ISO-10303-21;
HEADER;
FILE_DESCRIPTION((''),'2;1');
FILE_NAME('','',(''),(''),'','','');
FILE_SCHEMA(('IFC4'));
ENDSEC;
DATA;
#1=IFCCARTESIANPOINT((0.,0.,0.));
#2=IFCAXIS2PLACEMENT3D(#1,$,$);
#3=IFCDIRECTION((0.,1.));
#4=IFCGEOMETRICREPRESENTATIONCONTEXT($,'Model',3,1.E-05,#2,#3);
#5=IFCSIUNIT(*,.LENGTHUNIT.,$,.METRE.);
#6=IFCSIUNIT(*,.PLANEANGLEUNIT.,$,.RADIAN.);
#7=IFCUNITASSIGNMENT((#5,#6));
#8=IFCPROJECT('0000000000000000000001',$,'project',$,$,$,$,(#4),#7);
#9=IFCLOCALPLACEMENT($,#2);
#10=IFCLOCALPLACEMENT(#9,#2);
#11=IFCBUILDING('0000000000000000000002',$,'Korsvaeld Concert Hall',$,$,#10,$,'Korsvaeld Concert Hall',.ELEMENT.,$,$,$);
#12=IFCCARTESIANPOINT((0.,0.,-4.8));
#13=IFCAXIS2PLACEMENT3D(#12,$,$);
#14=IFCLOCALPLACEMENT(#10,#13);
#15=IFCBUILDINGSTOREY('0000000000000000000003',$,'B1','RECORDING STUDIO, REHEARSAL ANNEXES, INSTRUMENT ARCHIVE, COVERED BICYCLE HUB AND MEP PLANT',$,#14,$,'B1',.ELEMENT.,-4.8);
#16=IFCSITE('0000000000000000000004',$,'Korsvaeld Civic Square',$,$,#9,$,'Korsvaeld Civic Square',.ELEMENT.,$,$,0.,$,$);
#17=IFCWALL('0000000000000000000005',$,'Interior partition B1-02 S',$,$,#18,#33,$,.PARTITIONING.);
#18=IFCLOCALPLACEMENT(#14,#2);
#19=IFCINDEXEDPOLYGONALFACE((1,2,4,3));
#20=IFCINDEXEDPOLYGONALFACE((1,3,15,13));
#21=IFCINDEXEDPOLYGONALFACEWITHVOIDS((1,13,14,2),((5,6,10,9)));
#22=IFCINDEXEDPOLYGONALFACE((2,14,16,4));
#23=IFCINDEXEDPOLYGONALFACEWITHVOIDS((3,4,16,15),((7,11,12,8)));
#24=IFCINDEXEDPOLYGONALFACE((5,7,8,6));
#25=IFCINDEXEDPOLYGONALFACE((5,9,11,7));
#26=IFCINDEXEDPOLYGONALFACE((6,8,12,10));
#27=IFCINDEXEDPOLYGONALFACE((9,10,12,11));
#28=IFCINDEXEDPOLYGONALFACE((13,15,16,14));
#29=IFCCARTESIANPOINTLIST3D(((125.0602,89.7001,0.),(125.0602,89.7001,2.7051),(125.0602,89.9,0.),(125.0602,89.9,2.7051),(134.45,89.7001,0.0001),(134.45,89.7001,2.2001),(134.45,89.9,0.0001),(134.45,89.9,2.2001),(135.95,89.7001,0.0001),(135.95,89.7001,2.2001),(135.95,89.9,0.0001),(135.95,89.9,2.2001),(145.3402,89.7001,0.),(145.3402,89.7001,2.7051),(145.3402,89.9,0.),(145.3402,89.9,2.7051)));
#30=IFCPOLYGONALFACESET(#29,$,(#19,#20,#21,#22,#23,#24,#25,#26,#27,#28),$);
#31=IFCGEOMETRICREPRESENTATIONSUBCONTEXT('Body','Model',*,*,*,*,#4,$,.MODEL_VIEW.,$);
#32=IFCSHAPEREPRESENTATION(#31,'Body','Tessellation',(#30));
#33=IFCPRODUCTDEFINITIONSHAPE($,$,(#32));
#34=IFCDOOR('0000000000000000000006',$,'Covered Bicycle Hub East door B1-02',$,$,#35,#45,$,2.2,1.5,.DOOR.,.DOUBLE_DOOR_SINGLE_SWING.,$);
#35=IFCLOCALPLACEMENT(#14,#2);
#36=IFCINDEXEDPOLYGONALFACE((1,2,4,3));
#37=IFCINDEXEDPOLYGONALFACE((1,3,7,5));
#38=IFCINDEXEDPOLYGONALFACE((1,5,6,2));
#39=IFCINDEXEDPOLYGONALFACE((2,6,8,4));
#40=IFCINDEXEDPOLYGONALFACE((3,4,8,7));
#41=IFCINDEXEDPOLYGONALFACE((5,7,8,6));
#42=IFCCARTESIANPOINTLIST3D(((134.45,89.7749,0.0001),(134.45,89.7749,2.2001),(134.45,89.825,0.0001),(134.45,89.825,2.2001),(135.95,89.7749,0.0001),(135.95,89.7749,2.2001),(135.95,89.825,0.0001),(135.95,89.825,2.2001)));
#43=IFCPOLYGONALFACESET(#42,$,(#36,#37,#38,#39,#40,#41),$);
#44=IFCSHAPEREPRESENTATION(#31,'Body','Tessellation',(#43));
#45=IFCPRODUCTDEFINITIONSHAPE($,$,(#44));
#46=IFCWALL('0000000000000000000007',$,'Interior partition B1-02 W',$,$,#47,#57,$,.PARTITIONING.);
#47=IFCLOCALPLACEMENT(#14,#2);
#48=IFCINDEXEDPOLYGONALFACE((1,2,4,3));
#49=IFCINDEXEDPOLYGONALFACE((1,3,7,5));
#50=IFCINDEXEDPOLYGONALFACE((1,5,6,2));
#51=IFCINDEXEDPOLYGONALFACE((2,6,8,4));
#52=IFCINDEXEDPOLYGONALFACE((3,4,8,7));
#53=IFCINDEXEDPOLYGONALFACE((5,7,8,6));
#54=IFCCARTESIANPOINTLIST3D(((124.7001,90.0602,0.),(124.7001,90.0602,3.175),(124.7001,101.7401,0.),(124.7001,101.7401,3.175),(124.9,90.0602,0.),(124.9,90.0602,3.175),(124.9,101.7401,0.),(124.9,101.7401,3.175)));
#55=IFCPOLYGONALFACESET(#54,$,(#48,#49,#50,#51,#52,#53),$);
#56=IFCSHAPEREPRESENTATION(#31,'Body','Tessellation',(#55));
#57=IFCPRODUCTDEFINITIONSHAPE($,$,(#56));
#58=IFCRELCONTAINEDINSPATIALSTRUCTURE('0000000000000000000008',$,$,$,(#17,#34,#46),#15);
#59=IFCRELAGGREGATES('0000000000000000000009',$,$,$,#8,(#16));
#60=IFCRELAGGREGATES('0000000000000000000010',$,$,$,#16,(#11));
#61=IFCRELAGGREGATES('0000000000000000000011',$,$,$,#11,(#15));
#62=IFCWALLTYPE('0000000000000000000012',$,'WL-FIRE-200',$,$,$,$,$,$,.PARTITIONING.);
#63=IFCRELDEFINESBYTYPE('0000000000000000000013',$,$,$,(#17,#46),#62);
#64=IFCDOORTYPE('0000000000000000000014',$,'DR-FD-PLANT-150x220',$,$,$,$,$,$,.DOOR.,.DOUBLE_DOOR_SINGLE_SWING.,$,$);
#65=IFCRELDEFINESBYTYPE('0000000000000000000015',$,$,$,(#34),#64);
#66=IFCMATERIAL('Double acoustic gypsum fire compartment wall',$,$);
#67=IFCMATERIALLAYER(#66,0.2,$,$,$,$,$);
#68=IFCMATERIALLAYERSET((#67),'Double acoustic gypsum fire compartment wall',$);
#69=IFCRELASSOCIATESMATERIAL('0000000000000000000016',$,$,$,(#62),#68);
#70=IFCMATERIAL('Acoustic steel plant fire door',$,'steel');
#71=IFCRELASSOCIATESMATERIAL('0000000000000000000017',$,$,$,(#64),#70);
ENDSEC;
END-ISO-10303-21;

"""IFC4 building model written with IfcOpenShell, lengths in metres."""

from ifc_helpers import new_model, si_unit, direction, frame, frame_2d, origin, place, context, subcontext, project, spatial, rectangle, extrude, material, layer, layer_set, type_object, element, fill, save


model = new_model("IFC4")

# Units and contexts
model_context = context("Model", 3, precision=1e-05, world=origin(), true_north=direction((0.0, 1.0)))
body_context = subcontext(model_context, "Body", "Model", "MODEL_VIEW")
ifc_project = project(units=[si_unit("LENGTHUNIT", "METRE"), si_unit("PLANEANGLEUNIT", "RADIAN")], contexts=[model_context])

# Site, building, storey
site_placement = place(None, origin())
site = spatial("IfcSite", under=ifc_project, at=site_placement, Name="Korsvaeld Civic Square", LongName="Korsvaeld Civic Square", CompositionType="ELEMENT", RefElevation=0.0)
building_placement = place(site_placement, origin())
building = spatial("IfcBuilding", under=site, at=building_placement, Name="Korsvaeld Concert Hall", LongName="Korsvaeld Concert Hall", CompositionType="ELEMENT")
storey_placement = place(building_placement, frame((0.0, 0.0, -4.8)))
storey = spatial("IfcBuildingStorey", under=building, at=storey_placement, Name="B1", Description="RECORDING STUDIO, REHEARSAL ANNEXES, INSTRUMENT ARCHIVE, COVERED BICYCLE HUB AND MEP PLANT", LongName="B1", CompositionType="ELEMENT", Elevation=-4.8)

# Wall, opening, door
ifc_material_1 = material(Name="Double acoustic gypsum fire compartment wall")
ifc_layer = layer(ifc_material_1, 0.2)
ifc_layer_set = layer_set([ifc_layer], Name="Double acoustic gypsum fire compartment wall")
wall_type = type_object("IfcWallType", Name="WL-FIRE-200", PredefinedType="PARTITIONING", material=ifc_layer_set)
wall_1_placement = place(storey_placement, frame((125.0601, 89.8, 0.0), z_axis=(0.0, 0.0, 1.0), x_axis=(1.0, 0.0, 0.0)))
wall_1 = element("IfcWall", 1, at=wall_1_placement, inside=storey, type_object=wall_type, Name="Interior partition B1-02 S", PredefinedType="PARTITIONING", context=body_context, shape_type="SweptSolid", body=[
    extrude(rectangle(XDim=20.28, YDim=0.2, at=frame_2d((10.1401, 0.0))), origin(), (0.0, 0.0, 1.0), 2.7051),
])
opening_placement = place(wall_1_placement, frame((9.3899, 0.0, 0.0)))
opening = element("IfcOpeningElement", 2, at=opening_placement, cuts=wall_1, PredefinedType="OPENING", context=body_context, shape_type="SweptSolid", body=[
    extrude(rectangle(XDim=1.5, YDim=2.2, at=frame_2d((0.75, 1.1001))), frame((0.0, 0.1099, 0.0), z_axis=(0.0, -1.0, 0.0), x_axis=(1.0, 0.0, 0.0)), (0.0, 0.0, 1.0), 0.22),
])
ifc_material_2 = material(Name="Acoustic steel plant fire door", Category="steel")
door_type = type_object("IfcDoorType", Name="DR-FD-PLANT-150x220", OperationType="DOUBLE_DOOR_SINGLE_SWING", PredefinedType="DOOR", material=ifc_material_2)
door_placement = place(opening_placement, origin())
door = element("IfcDoor", 3, at=door_placement, inside=storey, type_object=door_type, Name="Covered Bicycle Hub East door B1-02", OperationType="DOUBLE_DOOR_SINGLE_SWING", OverallHeight=2.2, OverallWidth=1.5, PredefinedType="DOOR", context=body_context, shape_type="SweptSolid", body=[
    extrude(rectangle(XDim=1.5, YDim=2.2, at=frame_2d((0.75, 1.1001))), frame((0.0, 0.0249, 0.0), z_axis=(0.0, -1.0, 0.0), x_axis=(1.0, 0.0, 0.0)), (0.0, 0.0, 1.0), 0.05),
])
fill(opening, door)

# Wall
wall_2_placement = place(storey_placement, frame((124.8, 101.74, 0.0), z_axis=(0.0, 0.0, 1.0), x_axis=(0.0, -1.0, 0.0)))
element("IfcWall", 4, at=wall_2_placement, inside=storey, type_object=wall_type, Name="Interior partition B1-02 W", PredefinedType="PARTITIONING", context=body_context, shape_type="SweptSolid", body=[
    extrude(rectangle(XDim=11.6799, YDim=0.2, at=frame_2d((5.8398, 0.0))), origin(), (0.0, 0.0, 1.0), 3.175),
])

save(model, "model.ifc")
